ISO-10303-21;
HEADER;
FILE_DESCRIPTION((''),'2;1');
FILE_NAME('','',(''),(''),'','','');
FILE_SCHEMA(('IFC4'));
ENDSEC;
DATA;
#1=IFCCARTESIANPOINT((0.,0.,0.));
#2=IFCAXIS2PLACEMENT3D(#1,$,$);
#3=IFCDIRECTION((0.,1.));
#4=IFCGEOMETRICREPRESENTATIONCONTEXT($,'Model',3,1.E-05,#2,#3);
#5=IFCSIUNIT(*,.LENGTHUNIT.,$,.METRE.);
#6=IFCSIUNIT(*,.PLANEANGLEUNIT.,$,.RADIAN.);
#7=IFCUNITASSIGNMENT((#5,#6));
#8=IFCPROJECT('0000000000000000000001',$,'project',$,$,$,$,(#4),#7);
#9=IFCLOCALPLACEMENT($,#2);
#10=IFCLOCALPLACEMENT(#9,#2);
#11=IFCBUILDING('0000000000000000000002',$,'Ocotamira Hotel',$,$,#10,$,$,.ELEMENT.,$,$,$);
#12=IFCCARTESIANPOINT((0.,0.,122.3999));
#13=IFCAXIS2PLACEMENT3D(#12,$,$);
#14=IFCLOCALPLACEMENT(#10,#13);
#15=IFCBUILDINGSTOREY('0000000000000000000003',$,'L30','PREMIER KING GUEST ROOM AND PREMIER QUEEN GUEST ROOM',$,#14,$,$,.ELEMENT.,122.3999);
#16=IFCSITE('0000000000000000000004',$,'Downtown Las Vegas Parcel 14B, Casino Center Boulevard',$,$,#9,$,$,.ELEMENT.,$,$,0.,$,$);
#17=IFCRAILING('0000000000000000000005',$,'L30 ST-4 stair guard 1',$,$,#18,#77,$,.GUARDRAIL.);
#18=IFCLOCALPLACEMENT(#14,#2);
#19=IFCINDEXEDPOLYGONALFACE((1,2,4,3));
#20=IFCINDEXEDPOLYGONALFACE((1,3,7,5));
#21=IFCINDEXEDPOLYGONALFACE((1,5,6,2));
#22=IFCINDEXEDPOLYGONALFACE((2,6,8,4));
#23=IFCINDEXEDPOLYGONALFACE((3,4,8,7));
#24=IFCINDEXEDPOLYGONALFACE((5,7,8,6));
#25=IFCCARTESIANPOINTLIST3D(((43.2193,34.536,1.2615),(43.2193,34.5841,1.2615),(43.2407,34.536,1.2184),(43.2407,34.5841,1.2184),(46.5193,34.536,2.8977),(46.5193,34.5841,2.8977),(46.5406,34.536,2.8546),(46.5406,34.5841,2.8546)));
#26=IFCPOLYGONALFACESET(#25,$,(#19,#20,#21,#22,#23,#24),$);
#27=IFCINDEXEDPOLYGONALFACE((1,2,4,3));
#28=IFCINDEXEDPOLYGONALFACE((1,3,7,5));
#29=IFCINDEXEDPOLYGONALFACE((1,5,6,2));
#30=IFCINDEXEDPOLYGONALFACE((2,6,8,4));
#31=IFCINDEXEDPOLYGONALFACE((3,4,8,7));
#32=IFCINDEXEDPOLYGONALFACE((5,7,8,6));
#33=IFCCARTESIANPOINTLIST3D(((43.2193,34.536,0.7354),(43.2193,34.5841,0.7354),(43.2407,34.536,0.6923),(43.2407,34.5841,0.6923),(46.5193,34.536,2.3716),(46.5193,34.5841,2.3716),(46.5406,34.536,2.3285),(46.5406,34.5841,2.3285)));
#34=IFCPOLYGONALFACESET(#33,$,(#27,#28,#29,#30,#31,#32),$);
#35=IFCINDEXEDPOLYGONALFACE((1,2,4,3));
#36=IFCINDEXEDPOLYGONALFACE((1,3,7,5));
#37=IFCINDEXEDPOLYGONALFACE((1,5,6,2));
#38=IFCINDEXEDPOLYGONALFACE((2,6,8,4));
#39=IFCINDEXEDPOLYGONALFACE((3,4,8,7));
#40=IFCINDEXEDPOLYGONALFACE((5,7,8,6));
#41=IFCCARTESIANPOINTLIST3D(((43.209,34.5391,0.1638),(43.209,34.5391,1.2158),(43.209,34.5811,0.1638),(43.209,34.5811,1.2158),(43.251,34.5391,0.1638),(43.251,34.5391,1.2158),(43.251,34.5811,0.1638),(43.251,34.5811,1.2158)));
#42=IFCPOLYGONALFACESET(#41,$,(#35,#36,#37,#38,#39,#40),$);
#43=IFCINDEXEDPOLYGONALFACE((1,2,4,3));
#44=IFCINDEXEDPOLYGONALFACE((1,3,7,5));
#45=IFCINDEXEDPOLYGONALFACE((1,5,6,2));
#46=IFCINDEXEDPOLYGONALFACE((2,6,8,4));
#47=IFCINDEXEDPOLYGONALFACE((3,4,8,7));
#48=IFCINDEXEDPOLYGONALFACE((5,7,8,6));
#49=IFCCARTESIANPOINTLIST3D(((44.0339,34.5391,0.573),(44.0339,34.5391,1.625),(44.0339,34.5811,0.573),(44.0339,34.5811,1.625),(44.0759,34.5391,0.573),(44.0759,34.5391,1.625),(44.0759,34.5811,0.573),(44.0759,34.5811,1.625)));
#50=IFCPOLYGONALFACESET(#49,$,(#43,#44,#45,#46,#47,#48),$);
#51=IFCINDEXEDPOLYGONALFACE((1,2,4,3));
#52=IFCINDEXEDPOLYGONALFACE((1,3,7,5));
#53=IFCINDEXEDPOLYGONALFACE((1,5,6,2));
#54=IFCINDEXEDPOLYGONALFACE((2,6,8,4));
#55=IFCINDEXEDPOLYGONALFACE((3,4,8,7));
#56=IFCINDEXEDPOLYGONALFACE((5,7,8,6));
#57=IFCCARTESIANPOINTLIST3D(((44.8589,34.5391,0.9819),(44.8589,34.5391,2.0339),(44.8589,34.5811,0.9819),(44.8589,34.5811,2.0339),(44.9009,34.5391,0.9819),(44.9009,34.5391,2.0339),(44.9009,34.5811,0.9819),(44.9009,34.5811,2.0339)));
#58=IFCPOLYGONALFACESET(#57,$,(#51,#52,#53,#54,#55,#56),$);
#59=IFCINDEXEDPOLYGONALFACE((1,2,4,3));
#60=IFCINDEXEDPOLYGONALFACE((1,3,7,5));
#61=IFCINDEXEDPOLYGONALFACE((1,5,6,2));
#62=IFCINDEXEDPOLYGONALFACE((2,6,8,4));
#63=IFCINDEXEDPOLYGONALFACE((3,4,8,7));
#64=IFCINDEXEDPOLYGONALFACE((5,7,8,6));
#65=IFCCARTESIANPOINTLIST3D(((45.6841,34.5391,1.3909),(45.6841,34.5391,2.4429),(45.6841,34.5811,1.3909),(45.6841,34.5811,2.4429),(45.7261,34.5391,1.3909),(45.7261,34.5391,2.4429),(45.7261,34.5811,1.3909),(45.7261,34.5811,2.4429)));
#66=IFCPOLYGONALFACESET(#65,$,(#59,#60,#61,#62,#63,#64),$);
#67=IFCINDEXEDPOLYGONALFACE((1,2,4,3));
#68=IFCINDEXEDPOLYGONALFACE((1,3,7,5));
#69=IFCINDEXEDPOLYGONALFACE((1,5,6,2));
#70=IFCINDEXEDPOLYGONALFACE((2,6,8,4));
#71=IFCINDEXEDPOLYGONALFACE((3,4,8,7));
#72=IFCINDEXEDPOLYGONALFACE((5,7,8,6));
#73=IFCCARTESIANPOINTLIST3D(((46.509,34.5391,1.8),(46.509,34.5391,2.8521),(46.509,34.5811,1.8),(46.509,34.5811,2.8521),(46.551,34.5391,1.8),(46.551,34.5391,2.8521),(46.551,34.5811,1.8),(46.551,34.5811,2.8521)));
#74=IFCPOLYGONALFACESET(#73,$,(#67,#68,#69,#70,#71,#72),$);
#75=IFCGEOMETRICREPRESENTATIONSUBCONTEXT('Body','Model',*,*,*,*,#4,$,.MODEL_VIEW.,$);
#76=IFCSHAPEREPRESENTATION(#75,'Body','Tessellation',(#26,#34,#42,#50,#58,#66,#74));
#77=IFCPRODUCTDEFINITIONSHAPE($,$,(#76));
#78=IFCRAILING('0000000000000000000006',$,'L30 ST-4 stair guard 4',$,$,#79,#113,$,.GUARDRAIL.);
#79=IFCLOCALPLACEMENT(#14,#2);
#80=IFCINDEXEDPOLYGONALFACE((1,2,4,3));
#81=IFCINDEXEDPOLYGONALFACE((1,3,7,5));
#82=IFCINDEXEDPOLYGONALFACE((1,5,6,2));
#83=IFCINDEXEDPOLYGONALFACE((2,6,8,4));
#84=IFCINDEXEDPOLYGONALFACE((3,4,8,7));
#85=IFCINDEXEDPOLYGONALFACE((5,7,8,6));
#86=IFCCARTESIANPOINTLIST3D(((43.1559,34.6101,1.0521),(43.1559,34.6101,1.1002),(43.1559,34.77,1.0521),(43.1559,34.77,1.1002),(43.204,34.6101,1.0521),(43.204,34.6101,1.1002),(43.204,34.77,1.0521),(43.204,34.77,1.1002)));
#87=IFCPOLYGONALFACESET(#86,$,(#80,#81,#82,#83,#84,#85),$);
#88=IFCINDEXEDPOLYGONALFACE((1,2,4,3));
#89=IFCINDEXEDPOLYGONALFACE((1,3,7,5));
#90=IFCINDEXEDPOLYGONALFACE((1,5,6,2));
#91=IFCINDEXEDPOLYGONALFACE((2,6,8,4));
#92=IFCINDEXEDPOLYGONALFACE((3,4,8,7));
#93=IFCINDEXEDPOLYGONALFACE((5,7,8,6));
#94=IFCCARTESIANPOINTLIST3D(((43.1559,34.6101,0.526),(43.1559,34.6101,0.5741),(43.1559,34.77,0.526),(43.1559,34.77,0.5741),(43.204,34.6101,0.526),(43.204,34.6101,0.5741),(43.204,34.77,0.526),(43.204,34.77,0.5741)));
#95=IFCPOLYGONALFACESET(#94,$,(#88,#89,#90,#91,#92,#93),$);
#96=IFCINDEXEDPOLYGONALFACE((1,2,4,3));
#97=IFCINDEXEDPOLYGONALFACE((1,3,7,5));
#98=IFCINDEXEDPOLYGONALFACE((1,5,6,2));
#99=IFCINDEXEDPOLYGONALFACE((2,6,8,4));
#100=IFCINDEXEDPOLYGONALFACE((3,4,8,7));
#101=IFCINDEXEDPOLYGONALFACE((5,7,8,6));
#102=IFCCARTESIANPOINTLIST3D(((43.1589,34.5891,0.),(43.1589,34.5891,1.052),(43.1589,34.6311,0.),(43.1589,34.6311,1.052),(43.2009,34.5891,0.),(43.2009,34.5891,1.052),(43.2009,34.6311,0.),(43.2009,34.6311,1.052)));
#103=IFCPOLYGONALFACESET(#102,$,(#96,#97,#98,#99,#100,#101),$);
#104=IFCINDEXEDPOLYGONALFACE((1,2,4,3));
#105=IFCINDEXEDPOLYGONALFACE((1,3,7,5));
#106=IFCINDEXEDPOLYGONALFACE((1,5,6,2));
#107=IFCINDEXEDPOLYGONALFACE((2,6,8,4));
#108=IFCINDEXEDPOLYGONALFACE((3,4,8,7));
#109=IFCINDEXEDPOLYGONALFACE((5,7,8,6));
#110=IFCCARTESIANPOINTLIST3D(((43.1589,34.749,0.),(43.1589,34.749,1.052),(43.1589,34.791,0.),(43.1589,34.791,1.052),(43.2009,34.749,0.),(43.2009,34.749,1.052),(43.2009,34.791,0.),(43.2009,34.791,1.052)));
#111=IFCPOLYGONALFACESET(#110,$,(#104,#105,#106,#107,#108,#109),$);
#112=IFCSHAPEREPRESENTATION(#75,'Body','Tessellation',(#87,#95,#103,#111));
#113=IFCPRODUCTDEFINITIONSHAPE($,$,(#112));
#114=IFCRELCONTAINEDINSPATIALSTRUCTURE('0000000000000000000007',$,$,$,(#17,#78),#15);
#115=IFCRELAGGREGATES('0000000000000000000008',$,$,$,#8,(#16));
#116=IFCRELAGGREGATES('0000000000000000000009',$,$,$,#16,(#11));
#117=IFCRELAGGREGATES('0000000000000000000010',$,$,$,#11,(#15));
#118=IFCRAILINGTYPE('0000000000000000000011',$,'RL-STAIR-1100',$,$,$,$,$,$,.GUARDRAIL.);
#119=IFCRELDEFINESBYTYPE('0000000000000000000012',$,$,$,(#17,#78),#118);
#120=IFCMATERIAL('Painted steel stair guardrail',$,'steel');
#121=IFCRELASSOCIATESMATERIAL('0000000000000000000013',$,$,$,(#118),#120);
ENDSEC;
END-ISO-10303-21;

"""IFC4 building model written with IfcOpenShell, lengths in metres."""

from ifc_helpers import new_model, si_unit, direction, frame, origin, origin_2d, place, context, subcontext, project, spatial, rectangle, extrude, material, type_object, element, save


model = new_model("IFC4")

# Units and contexts
model_context = context("Model", 3, precision=1e-05, world=origin(), true_north=direction((0.0, 1.0)))
body_context = subcontext(model_context, "Body", "Model", "MODEL_VIEW")
ifc_project = project(units=[si_unit("LENGTHUNIT", "METRE"), si_unit("PLANEANGLEUNIT", "RADIAN")], contexts=[model_context])

# Site, building, storey
site_placement = place(None, origin())
site = spatial("IfcSite", under=ifc_project, at=site_placement, Name="Downtown Las Vegas Parcel 14B, Casino Center Boulevard", CompositionType="ELEMENT", RefElevation=0.0)
building_placement = place(site_placement, origin())
building = spatial("IfcBuilding", under=site, at=building_placement, Name="Ocotamira Hotel", CompositionType="ELEMENT")
storey_placement = place(building_placement, frame((0.0, 0.0, 122.3999)))
storey = spatial("IfcBuildingStorey", under=building, at=storey_placement, Name="L30", Description="PREMIER KING GUEST ROOM AND PREMIER QUEEN GUEST ROOM", CompositionType="ELEMENT", Elevation=122.3999)

# Railings
ifc_material_1 = material(Name="Painted steel stair guardrail", Category="steel")
railing_type_1 = type_object("IfcRailingType", Name="RL-STAIR-1100", PredefinedType="GUARDRAIL", material=ifc_material_1)
railing_1_placement = place(storey_placement, frame((43.23, 34.5601, 0.1638)))
element("IfcRailing", 1, at=railing_1_placement, inside=storey, type_object=railing_type_1, Name="L30 ST-4 stair guard 1", PredefinedType="GUARDRAIL", context=body_context, shape_type="SweptSolid", body=[
    extrude(rectangle(XDim=0.0481, YDim=0.0481, at=origin_2d()), frame((0.0, 0.0, 1.0762), z_axis=(0.89592, 0.0, 0.444215), x_axis=(0.0, 1.0, 0.0)), (0.0, 0.0, 1.0), 3.6833),
    extrude(rectangle(XDim=0.0481, YDim=0.0481, at=origin_2d()), frame((0.0, 0.0, 0.55), z_axis=(0.89592, 0.0, 0.444215), x_axis=(0.0, 1.0, 0.0)), (0.0, 0.0, 1.0), 3.6833),
    extrude(rectangle(XDim=0.042, YDim=0.042, at=origin_2d()), origin(), (0.0, 0.0, 1.0), 1.052),
    extrude(rectangle(XDim=0.042, YDim=0.042, at=origin_2d()), frame((0.825, 0.0, 0.4092)), (0.0, 0.0, 1.0), 1.052),
    extrude(rectangle(XDim=0.042, YDim=0.042, at=origin_2d()), frame((1.6499, 0.0, 0.8181)), (0.0, 0.0, 1.0), 1.052),
    extrude(rectangle(XDim=0.042, YDim=0.042, at=origin_2d()), frame((2.4751, 0.0, 1.2271)), (0.0, 0.0, 1.0), 1.052),
    extrude(rectangle(XDim=0.042, YDim=0.042, at=origin_2d()), frame((3.3, 0.0, 1.6362)), (0.0, 0.0, 1.0), 1.052),
])
railing_2_placement = place(storey_placement, frame((43.1799, 34.6101, 0.0)))
element("IfcRailing", 2, at=railing_2_placement, inside=storey, type_object=railing_type_1, Name="L30 ST-4 stair guard 4", PredefinedType="GUARDRAIL", context=body_context, shape_type="SweptSolid", body=[
    extrude(rectangle(XDim=0.0481, YDim=0.0481, at=origin_2d()), frame((0.0, 0.0, 1.0762), z_axis=(0.0, 1.0, 0.0), x_axis=(-1.0, 0.0, 0.0)), (0.0, 0.0, 1.0), 0.1599),
    extrude(rectangle(XDim=0.0481, YDim=0.0481, at=origin_2d()), frame((0.0, 0.0, 0.55), z_axis=(0.0, 1.0, 0.0), x_axis=(-1.0, 0.0, 0.0)), (0.0, 0.0, 1.0), 0.1599),
    extrude(rectangle(XDim=0.042, YDim=0.042, at=origin_2d()), origin(), (0.0, 0.0, 1.0), 1.052),
    extrude(rectangle(XDim=0.042, YDim=0.042, at=origin_2d()), frame((0.0, 0.1599, 0.0)), (0.0, 0.0, 1.0), 1.052),
])

save(model, "model.ifc")
